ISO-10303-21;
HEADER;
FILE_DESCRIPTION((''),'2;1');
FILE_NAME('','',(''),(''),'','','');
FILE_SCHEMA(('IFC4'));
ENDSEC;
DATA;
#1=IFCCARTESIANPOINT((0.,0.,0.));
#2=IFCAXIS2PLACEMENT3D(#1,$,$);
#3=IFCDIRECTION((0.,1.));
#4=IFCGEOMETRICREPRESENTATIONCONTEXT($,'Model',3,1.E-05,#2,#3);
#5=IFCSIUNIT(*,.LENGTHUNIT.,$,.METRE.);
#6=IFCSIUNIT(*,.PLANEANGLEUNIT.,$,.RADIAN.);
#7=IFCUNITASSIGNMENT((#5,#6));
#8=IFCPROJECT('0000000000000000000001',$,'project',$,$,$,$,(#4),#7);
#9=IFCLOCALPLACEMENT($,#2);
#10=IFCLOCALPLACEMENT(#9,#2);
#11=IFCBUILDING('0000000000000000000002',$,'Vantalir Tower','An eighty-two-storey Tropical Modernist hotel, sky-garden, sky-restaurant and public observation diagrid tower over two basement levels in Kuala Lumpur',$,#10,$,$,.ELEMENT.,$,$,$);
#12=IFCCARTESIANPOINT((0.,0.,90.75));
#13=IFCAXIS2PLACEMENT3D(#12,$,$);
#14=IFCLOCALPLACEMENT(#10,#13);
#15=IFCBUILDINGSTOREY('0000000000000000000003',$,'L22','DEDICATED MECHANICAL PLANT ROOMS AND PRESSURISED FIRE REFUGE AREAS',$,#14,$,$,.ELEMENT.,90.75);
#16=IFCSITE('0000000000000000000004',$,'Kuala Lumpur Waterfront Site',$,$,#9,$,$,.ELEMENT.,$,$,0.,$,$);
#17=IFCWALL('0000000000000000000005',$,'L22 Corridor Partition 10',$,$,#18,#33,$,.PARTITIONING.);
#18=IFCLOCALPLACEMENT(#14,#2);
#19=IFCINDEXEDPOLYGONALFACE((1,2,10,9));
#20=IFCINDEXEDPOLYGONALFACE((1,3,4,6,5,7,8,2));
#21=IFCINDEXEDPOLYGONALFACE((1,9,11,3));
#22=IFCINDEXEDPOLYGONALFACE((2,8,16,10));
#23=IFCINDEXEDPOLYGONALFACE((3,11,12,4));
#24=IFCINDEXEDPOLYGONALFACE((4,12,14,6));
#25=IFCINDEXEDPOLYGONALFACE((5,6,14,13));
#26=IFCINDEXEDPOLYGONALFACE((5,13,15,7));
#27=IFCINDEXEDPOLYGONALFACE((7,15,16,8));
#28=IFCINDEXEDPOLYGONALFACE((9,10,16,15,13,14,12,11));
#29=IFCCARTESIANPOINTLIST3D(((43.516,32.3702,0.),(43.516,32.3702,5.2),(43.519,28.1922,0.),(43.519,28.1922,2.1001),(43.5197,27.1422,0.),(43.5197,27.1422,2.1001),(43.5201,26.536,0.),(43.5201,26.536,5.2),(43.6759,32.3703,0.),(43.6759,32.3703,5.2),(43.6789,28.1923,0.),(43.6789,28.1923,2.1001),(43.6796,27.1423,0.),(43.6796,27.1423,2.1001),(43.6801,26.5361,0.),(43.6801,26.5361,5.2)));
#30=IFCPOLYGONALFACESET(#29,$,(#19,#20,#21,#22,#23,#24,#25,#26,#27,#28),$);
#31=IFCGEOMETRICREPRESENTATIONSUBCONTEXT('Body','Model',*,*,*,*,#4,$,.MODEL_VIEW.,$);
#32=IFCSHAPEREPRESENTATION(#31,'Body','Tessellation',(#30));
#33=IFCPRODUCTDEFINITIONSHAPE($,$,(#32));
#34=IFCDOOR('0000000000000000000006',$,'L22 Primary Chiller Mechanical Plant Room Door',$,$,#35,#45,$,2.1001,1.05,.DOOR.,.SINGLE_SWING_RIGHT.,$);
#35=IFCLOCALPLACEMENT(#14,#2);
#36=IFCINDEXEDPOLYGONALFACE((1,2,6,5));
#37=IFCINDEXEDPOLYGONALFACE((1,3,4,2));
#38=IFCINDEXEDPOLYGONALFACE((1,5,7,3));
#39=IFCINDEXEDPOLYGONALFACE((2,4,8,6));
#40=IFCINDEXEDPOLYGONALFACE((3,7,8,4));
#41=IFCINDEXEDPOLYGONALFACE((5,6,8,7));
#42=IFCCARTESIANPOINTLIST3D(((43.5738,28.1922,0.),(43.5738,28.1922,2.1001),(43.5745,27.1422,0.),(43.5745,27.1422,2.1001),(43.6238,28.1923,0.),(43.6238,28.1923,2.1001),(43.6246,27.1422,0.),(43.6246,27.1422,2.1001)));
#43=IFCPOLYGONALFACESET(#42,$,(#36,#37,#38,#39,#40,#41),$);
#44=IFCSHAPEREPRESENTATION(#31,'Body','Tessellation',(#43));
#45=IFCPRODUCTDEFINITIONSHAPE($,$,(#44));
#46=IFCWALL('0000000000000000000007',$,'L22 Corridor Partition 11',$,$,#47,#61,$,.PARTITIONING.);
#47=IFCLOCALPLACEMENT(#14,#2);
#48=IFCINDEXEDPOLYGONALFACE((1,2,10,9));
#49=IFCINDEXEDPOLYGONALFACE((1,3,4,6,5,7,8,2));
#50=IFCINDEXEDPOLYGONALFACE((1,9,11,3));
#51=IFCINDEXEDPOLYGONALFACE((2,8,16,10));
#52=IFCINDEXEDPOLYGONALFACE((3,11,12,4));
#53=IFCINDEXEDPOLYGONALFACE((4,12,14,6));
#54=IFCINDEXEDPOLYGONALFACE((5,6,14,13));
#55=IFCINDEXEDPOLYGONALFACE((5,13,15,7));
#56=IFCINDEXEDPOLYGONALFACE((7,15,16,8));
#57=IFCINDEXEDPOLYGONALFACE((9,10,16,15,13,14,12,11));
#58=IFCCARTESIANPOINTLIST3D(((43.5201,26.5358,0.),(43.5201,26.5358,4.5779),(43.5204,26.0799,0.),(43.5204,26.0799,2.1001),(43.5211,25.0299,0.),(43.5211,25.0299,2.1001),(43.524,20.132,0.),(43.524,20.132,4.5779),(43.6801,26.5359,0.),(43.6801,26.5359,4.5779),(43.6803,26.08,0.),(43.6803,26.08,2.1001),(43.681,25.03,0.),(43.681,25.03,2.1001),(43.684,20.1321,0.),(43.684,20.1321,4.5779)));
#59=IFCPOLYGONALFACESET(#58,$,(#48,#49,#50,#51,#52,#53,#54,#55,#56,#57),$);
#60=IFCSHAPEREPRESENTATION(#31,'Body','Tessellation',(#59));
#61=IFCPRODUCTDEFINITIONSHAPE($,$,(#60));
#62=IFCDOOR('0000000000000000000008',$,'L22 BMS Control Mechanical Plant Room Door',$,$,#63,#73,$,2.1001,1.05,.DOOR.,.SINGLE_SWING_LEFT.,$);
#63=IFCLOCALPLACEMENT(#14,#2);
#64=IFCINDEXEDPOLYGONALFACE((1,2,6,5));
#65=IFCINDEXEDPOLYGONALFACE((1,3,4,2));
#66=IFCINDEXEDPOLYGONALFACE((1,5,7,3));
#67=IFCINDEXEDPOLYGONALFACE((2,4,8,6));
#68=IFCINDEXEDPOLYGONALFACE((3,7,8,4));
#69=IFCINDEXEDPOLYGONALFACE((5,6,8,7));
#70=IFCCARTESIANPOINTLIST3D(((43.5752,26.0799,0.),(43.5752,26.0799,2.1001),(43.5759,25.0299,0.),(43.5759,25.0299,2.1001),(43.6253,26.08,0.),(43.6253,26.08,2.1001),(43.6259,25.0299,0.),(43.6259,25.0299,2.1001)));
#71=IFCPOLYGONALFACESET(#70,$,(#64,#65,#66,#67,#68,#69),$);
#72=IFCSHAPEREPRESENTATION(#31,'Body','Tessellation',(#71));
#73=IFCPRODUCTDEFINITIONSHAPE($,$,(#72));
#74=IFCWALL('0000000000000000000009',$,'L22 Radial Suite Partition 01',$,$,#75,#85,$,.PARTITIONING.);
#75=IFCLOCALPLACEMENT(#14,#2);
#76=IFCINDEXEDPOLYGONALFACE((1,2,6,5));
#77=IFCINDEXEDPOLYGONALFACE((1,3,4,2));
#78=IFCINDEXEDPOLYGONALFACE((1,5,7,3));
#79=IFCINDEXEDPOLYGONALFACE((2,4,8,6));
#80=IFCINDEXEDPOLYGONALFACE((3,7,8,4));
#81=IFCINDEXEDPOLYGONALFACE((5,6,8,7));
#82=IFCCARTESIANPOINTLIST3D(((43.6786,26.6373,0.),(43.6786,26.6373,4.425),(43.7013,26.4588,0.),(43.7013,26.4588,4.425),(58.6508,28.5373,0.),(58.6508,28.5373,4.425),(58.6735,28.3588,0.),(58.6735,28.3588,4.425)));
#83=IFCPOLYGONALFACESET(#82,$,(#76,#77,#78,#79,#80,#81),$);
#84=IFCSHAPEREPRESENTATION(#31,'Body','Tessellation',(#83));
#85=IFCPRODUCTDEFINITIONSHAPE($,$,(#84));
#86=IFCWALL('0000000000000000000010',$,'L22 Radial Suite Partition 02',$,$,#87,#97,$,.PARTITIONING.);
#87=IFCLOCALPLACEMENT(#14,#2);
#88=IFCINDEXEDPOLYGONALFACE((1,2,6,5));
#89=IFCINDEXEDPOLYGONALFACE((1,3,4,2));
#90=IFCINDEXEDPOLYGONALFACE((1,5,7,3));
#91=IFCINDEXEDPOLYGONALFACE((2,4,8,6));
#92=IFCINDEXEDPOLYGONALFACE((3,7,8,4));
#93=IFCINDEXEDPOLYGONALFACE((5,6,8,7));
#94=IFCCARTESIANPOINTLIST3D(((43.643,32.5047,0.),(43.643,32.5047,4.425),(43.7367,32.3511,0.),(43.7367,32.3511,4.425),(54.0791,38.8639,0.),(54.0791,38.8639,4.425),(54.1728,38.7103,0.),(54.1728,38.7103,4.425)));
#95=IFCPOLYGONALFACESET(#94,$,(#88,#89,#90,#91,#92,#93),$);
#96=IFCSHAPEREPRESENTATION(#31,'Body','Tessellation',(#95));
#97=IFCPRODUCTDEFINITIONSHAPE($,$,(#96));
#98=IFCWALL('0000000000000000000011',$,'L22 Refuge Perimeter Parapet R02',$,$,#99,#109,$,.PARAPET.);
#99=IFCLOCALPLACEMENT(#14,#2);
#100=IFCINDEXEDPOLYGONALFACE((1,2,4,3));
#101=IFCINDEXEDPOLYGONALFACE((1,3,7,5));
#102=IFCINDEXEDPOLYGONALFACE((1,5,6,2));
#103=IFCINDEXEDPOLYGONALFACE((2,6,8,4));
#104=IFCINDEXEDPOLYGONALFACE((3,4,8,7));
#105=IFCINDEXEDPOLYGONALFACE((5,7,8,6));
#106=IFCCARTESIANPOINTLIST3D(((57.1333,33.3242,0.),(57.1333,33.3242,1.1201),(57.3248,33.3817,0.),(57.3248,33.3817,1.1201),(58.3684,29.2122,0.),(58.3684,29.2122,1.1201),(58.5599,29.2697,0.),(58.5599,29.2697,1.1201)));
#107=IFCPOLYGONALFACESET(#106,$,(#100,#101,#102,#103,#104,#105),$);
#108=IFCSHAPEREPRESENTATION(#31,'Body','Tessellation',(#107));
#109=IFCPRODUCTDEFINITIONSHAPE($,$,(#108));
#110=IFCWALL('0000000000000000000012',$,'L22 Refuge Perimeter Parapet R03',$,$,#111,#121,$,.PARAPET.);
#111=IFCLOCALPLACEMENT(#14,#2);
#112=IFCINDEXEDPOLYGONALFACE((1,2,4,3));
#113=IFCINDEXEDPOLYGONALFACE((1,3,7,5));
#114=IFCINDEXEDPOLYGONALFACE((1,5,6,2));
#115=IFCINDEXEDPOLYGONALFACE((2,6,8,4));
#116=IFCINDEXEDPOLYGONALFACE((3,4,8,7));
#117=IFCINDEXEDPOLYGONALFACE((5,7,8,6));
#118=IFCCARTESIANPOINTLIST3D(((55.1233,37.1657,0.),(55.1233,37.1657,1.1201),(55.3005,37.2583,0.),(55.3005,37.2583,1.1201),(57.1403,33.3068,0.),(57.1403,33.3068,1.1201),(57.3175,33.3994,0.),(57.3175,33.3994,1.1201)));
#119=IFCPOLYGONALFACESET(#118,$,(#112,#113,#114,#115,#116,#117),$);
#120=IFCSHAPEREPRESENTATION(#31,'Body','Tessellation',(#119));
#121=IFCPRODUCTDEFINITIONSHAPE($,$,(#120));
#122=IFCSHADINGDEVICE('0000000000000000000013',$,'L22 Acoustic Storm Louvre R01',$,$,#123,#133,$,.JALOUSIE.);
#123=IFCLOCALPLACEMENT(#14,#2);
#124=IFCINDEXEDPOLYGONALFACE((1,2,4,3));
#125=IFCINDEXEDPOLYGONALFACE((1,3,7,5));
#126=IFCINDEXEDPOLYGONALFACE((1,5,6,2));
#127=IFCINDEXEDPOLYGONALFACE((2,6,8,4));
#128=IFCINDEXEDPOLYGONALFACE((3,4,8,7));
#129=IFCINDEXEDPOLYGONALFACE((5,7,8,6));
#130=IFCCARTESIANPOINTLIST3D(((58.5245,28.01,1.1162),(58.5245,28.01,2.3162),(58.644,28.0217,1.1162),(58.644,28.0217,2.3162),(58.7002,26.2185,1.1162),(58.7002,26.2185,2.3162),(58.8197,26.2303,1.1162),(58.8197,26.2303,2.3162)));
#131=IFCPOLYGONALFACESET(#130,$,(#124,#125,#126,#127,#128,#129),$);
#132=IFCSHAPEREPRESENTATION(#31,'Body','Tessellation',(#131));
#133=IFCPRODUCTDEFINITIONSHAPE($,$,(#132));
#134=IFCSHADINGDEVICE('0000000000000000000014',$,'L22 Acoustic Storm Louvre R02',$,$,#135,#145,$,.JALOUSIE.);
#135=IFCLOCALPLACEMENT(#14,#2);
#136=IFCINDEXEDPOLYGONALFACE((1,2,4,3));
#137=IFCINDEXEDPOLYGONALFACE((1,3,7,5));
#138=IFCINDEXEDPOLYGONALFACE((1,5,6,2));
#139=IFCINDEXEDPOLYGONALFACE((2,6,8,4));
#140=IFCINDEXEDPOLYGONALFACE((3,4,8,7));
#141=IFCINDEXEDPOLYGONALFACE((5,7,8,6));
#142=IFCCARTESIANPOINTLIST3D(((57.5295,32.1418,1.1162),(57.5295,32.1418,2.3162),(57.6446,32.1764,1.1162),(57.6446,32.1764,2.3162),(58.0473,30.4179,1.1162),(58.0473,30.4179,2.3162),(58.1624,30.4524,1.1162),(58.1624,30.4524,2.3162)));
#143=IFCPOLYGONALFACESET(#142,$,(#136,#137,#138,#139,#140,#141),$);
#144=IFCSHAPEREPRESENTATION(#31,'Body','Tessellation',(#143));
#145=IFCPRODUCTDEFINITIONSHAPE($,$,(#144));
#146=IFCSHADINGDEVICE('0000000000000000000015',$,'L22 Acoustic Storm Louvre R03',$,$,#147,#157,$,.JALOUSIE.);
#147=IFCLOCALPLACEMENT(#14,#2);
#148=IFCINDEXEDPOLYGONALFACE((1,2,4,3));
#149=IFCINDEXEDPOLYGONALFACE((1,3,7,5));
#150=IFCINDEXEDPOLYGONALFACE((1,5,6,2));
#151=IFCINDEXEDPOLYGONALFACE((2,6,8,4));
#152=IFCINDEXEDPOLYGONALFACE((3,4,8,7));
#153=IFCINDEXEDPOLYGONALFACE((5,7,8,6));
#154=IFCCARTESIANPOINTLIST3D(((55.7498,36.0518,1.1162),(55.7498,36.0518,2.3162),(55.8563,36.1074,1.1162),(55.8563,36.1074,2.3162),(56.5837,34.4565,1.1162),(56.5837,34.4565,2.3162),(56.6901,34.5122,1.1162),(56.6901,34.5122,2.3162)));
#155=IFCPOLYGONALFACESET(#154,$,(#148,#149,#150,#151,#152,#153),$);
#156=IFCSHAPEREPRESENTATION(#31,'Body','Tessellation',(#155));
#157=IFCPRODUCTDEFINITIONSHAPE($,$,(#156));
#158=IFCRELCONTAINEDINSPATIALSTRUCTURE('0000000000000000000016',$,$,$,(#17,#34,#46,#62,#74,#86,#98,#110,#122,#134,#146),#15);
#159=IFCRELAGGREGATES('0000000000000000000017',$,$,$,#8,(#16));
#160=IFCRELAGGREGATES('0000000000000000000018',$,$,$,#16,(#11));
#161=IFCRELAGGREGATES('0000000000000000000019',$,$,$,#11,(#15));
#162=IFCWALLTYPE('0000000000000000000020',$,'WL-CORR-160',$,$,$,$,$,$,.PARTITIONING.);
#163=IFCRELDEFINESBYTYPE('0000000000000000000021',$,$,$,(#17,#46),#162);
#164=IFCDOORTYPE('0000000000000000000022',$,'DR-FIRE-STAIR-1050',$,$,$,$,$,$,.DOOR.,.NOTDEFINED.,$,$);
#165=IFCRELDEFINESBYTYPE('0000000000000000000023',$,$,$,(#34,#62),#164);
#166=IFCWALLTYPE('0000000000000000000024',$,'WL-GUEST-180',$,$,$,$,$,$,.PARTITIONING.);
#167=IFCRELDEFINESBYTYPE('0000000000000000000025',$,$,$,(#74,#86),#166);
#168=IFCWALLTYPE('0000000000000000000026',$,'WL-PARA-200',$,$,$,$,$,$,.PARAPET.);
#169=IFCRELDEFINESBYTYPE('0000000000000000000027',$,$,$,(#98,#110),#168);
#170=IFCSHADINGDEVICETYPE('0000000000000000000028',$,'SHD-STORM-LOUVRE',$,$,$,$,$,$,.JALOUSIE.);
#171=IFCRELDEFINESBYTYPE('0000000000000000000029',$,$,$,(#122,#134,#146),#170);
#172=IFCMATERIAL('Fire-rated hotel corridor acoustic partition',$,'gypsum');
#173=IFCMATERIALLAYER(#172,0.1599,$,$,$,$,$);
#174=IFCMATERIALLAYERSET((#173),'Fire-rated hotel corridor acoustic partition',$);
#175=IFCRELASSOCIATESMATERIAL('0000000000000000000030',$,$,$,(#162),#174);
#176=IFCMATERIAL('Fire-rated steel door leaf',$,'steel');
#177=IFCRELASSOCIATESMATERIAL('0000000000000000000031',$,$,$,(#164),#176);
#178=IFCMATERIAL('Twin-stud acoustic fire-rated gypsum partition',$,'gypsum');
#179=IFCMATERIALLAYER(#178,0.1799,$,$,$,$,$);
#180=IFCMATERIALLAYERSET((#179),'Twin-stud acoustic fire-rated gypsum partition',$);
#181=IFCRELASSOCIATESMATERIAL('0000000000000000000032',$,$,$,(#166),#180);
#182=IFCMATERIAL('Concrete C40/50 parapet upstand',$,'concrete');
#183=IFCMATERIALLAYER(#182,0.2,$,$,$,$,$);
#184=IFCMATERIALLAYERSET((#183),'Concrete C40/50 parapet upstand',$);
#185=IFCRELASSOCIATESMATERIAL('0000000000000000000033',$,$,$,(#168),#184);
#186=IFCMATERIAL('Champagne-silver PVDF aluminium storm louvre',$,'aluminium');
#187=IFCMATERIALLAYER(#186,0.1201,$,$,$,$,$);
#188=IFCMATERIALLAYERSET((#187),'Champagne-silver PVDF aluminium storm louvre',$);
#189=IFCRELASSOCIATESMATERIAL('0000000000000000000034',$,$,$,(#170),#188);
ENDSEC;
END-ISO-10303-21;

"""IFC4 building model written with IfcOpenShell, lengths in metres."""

from ifc_helpers import new_model, si_unit, direction, frame, frame_2d, origin, origin_2d, place, context, subcontext, project, spatial, rectangle, extrude, material, layer, layer_set, type_object, element, fill, save


model = new_model("IFC4")

# Units and contexts
model_context = context("Model", 3, precision=1e-05, world=origin(), true_north=direction((0.0, 1.0)))
body_context = subcontext(model_context, "Body", "Model", "MODEL_VIEW")
ifc_project = project(units=[si_unit("LENGTHUNIT", "METRE"), si_unit("PLANEANGLEUNIT", "RADIAN")], contexts=[model_context])

# Site, building, storey
site_placement = place(None, origin())
site = spatial("IfcSite", under=ifc_project, at=site_placement, Name="Kuala Lumpur Waterfront Site", CompositionType="ELEMENT", RefElevation=0.0)
building_placement = place(site_placement, origin())
building = spatial("IfcBuilding", under=site, at=building_placement, Name="Vantalir Tower", Description="An eighty-two-storey Tropical Modernist hotel, sky-garden, sky-restaurant and public observation diagrid tower over two basement levels in Kuala Lumpur", CompositionType="ELEMENT")
storey_placement = place(building_placement, frame((0.0, 0.0, 90.75)))
storey = spatial("IfcBuildingStorey", under=building, at=storey_placement, Name="L22", Description="DEDICATED MECHANICAL PLANT ROOMS AND PRESSURISED FIRE REFUGE AREAS", CompositionType="ELEMENT", Elevation=90.75)

# Shared definitions
ifc_material_1 = material(Name="Fire-rated hotel corridor acoustic partition", Category="gypsum")
ifc_layer_1 = layer(ifc_material_1, 0.1599)
ifc_layer_set_1 = layer_set([ifc_layer_1], Name="Fire-rated hotel corridor acoustic partition")
wall_type_1 = type_object("IfcWallType", Name="WL-CORR-160", PredefinedType="PARTITIONING", material=ifc_layer_set_1)

# Walls, openings, doors
wall_1_placement = place(storey_placement, frame((43.5959, 32.3701, 0.0), z_axis=(0.0, 0.0, 1.0), x_axis=(0.000711, -1.0, 0.0)))
wall_1 = element("IfcWall", 1, at=wall_1_placement, inside=storey, type_object=wall_type_1, Name="L22 Corridor Partition 10", PredefinedType="PARTITIONING", context=body_context, shape_type="SweptSolid", body=[
    extrude(rectangle(XDim=5.8342, YDim=0.1599, at=frame_2d((2.917, 0.0))), origin(), (0.0, 0.0, 1.0), 5.2),
])
opening_1_placement = place(wall_1_placement, frame((4.178, 0.0, 0.0)))
opening_1 = element("IfcOpeningElement", 2, at=opening_1_placement, cuts=wall_1, PredefinedType="OPENING", context=body_context, shape_type="SweptSolid", body=[
    extrude(rectangle(XDim=1.05, YDim=2.1001, at=frame_2d((0.5249, 1.05))), frame((0.0, 0.0898, 0.0), z_axis=(0.0, -1.0, 0.0), x_axis=(1.0, 0.0, 0.0)), (0.0, 0.0, 1.0), 0.1799),
])
ifc_material_2 = material(Name="Fire-rated steel door leaf", Category="steel")
door_type = type_object("IfcDoorType", Name="DR-FIRE-STAIR-1050", OperationType="NOTDEFINED", PredefinedType="DOOR", material=ifc_material_2)
door_1_placement = place(opening_1_placement, origin())
door_1 = element("IfcDoor", 3, at=door_1_placement, inside=storey, type_object=door_type, Name="L22 Primary Chiller Mechanical Plant Room Door", OperationType="SINGLE_SWING_RIGHT", OverallHeight=2.1001, OverallWidth=1.05, PredefinedType="DOOR", context=body_context, shape_type="SweptSolid", body=[
    extrude(rectangle(XDim=1.05, YDim=2.1001, at=frame_2d((0.5249, 1.05))), frame((0.0, 0.0249, 0.0), z_axis=(0.0, -1.0, 0.0), x_axis=(1.0, 0.0, 0.0)), (0.0, 0.0, 1.0), 0.05),
])
fill(opening_1, door_1)
wall_2_placement = place(storey_placement, frame((43.6001, 26.5359, 0.0), z_axis=(0.0, 0.0, 1.0), x_axis=(0.00061, -1.0, 0.0)))
wall_2 = element("IfcWall", 4, at=wall_2_placement, inside=storey, type_object=wall_type_1, Name="L22 Corridor Partition 11", PredefinedType="PARTITIONING", context=body_context, shape_type="SweptSolid", body=[
    extrude(rectangle(XDim=6.4038, YDim=0.1599, at=frame_2d((3.2019, 0.0))), origin(), (0.0, 0.0, 1.0), 4.5779),
])
opening_2_placement = place(wall_2_placement, frame((0.4561, 0.0, 0.0)))
opening_2 = element("IfcOpeningElement", 5, at=opening_2_placement, cuts=wall_2, PredefinedType="OPENING", context=body_context, shape_type="SweptSolid", body=[
    extrude(rectangle(XDim=1.05, YDim=2.1001, at=frame_2d((0.5249, 1.05))), frame((0.0, 0.0898, 0.0), z_axis=(0.0, -1.0, 0.0), x_axis=(1.0, 0.0, 0.0)), (0.0, 0.0, 1.0), 0.1799),
])
door_2_placement = place(opening_2_placement, origin())
door_2 = element("IfcDoor", 6, at=door_2_placement, inside=storey, type_object=door_type, Name="L22 BMS Control Mechanical Plant Room Door", OperationType="SINGLE_SWING_LEFT", OverallHeight=2.1001, OverallWidth=1.05, PredefinedType="DOOR", context=body_context, shape_type="SweptSolid", body=[
    extrude(rectangle(XDim=1.05, YDim=2.1001, at=frame_2d((0.5249, 1.05))), frame((0.0, 0.0249, 0.0), z_axis=(0.0, -1.0, 0.0), x_axis=(1.0, 0.0, 0.0)), (0.0, 0.0, 1.0), 0.05),
])
fill(opening_2, door_2)

# Walls
ifc_material_3 = material(Name="Twin-stud acoustic fire-rated gypsum partition", Category="gypsum")
ifc_layer_2 = layer(ifc_material_3, 0.1799)
ifc_layer_set_2 = layer_set([ifc_layer_2], Name="Twin-stud acoustic fire-rated gypsum partition")
wall_type_2 = type_object("IfcWallType", Name="WL-GUEST-180", PredefinedType="PARTITIONING", material=ifc_layer_set_2)
wall_3_placement = place(storey_placement, frame((43.6899, 26.5481, 0.0), z_axis=(0.0, 0.0, 1.0), x_axis=(0.992045, 0.125886, 0.0)))
element("IfcWall", 7, at=wall_3_placement, inside=storey, type_object=wall_type_2, Name="L22 Radial Suite Partition 01", PredefinedType="PARTITIONING", context=body_context, shape_type="SweptSolid", body=[
    extrude(rectangle(XDim=15.0923, YDim=0.1799, at=frame_2d((7.5461, 0.0))), origin(), (0.0, 0.0, 1.0), 4.425),
])
wall_4_placement = place(storey_placement, frame((43.6899, 32.428, 0.0), z_axis=(0.0, 0.0, 1.0), x_axis=(0.853953, 0.520351, 0.0)))
element("IfcWall", 8, at=wall_4_placement, inside=storey, type_object=wall_type_2, Name="L22 Radial Suite Partition 02", PredefinedType="PARTITIONING", context=body_context, shape_type="SweptSolid", body=[
    extrude(rectangle(XDim=12.2209, YDim=0.1799, at=frame_2d((6.1104, 0.0))), origin(), (0.0, 0.0, 1.0), 4.425),
])
ifc_material_4 = material(Name="Concrete C40/50 parapet upstand", Category="concrete")
ifc_layer_3 = layer(ifc_material_4, 0.2)
ifc_layer_set_3 = layer_set([ifc_layer_3], Name="Concrete C40/50 parapet upstand")
wall_type_3 = type_object("IfcWallType", Name="WL-PARA-200", PredefinedType="PARAPET", material=ifc_layer_set_3)
wall_5_placement = place(storey_placement, frame((58.4641, 29.241, 0.0), z_axis=(0.0, 0.0, 1.0), x_axis=(-0.287666, 0.957731, 0.0)))
element("IfcWall", 9, at=wall_5_placement, inside=storey, type_object=wall_type_3, Name="L22 Refuge Perimeter Parapet R02", PredefinedType="PARAPET", context=body_context, shape_type="SweptSolid", body=[
    extrude(rectangle(XDim=4.2935, YDim=0.2, at=frame_2d((2.1467, 0.0))), origin(), (0.0, 0.0, 1.0), 1.1201),
])
wall_6_placement = place(storey_placement, frame((57.229, 33.353, 0.0), z_axis=(0.0, 0.0, 1.0), x_axis=(-0.463244, 0.886231, 0.0)))
element("IfcWall", 10, at=wall_6_placement, inside=storey, type_object=wall_type_3, Name="L22 Refuge Perimeter Parapet R03", PredefinedType="PARAPET", context=body_context, shape_type="SweptSolid", body=[
    extrude(rectangle(XDim=4.3542, YDim=0.2, at=frame_2d((2.1772, 0.0))), origin(), (0.0, 0.0, 1.0), 1.1201),
])

# Shading devices
ifc_material_5 = material(Name="Champagne-silver PVDF aluminium storm louvre", Category="aluminium")
ifc_layer_4 = layer(ifc_material_5, 0.1201)
ifc_layer_set_4 = layer_set([ifc_layer_4], Name="Champagne-silver PVDF aluminium storm louvre")
shading_device_type = type_object("IfcShadingDeviceType", Name="SHD-STORM-LOUVRE", PredefinedType="JALOUSIE", material=ifc_layer_set_4)
for number, where, z_axis, x_axis, name in (
    (11, (58.6721, 27.1201, 1.1162), (0.0, 0.0, 1.0), (-0.097618, 0.995224, 0.0), "L22 Acoustic Storm Louvre R01"),
    (12, (57.8459, 31.2971, 1.1162), (0.0, 0.0, 1.0), (-0.287645, 0.957737, 0.0), "L22 Acoustic Storm Louvre R02"),
    (13, (56.22, 35.282, 1.1162), (0.0, 0.0, 1.0), (-0.463219, 0.886244, 0.0), "L22 Acoustic Storm Louvre R03"),
):
    element("IfcShadingDevice", number, at=place(storey_placement, frame(where, z_axis=z_axis, x_axis=x_axis)), inside=storey, type_object=shading_device_type, Name=name, PredefinedType="JALOUSIE", context=body_context, shape_type="SweptSolid", body=[
        extrude(rectangle(XDim=1.8, YDim=0.1201, at=origin_2d()), origin(), (0.0, 0.0, 1.0), 1.2),
    ])

save(model, "model.ifc")
